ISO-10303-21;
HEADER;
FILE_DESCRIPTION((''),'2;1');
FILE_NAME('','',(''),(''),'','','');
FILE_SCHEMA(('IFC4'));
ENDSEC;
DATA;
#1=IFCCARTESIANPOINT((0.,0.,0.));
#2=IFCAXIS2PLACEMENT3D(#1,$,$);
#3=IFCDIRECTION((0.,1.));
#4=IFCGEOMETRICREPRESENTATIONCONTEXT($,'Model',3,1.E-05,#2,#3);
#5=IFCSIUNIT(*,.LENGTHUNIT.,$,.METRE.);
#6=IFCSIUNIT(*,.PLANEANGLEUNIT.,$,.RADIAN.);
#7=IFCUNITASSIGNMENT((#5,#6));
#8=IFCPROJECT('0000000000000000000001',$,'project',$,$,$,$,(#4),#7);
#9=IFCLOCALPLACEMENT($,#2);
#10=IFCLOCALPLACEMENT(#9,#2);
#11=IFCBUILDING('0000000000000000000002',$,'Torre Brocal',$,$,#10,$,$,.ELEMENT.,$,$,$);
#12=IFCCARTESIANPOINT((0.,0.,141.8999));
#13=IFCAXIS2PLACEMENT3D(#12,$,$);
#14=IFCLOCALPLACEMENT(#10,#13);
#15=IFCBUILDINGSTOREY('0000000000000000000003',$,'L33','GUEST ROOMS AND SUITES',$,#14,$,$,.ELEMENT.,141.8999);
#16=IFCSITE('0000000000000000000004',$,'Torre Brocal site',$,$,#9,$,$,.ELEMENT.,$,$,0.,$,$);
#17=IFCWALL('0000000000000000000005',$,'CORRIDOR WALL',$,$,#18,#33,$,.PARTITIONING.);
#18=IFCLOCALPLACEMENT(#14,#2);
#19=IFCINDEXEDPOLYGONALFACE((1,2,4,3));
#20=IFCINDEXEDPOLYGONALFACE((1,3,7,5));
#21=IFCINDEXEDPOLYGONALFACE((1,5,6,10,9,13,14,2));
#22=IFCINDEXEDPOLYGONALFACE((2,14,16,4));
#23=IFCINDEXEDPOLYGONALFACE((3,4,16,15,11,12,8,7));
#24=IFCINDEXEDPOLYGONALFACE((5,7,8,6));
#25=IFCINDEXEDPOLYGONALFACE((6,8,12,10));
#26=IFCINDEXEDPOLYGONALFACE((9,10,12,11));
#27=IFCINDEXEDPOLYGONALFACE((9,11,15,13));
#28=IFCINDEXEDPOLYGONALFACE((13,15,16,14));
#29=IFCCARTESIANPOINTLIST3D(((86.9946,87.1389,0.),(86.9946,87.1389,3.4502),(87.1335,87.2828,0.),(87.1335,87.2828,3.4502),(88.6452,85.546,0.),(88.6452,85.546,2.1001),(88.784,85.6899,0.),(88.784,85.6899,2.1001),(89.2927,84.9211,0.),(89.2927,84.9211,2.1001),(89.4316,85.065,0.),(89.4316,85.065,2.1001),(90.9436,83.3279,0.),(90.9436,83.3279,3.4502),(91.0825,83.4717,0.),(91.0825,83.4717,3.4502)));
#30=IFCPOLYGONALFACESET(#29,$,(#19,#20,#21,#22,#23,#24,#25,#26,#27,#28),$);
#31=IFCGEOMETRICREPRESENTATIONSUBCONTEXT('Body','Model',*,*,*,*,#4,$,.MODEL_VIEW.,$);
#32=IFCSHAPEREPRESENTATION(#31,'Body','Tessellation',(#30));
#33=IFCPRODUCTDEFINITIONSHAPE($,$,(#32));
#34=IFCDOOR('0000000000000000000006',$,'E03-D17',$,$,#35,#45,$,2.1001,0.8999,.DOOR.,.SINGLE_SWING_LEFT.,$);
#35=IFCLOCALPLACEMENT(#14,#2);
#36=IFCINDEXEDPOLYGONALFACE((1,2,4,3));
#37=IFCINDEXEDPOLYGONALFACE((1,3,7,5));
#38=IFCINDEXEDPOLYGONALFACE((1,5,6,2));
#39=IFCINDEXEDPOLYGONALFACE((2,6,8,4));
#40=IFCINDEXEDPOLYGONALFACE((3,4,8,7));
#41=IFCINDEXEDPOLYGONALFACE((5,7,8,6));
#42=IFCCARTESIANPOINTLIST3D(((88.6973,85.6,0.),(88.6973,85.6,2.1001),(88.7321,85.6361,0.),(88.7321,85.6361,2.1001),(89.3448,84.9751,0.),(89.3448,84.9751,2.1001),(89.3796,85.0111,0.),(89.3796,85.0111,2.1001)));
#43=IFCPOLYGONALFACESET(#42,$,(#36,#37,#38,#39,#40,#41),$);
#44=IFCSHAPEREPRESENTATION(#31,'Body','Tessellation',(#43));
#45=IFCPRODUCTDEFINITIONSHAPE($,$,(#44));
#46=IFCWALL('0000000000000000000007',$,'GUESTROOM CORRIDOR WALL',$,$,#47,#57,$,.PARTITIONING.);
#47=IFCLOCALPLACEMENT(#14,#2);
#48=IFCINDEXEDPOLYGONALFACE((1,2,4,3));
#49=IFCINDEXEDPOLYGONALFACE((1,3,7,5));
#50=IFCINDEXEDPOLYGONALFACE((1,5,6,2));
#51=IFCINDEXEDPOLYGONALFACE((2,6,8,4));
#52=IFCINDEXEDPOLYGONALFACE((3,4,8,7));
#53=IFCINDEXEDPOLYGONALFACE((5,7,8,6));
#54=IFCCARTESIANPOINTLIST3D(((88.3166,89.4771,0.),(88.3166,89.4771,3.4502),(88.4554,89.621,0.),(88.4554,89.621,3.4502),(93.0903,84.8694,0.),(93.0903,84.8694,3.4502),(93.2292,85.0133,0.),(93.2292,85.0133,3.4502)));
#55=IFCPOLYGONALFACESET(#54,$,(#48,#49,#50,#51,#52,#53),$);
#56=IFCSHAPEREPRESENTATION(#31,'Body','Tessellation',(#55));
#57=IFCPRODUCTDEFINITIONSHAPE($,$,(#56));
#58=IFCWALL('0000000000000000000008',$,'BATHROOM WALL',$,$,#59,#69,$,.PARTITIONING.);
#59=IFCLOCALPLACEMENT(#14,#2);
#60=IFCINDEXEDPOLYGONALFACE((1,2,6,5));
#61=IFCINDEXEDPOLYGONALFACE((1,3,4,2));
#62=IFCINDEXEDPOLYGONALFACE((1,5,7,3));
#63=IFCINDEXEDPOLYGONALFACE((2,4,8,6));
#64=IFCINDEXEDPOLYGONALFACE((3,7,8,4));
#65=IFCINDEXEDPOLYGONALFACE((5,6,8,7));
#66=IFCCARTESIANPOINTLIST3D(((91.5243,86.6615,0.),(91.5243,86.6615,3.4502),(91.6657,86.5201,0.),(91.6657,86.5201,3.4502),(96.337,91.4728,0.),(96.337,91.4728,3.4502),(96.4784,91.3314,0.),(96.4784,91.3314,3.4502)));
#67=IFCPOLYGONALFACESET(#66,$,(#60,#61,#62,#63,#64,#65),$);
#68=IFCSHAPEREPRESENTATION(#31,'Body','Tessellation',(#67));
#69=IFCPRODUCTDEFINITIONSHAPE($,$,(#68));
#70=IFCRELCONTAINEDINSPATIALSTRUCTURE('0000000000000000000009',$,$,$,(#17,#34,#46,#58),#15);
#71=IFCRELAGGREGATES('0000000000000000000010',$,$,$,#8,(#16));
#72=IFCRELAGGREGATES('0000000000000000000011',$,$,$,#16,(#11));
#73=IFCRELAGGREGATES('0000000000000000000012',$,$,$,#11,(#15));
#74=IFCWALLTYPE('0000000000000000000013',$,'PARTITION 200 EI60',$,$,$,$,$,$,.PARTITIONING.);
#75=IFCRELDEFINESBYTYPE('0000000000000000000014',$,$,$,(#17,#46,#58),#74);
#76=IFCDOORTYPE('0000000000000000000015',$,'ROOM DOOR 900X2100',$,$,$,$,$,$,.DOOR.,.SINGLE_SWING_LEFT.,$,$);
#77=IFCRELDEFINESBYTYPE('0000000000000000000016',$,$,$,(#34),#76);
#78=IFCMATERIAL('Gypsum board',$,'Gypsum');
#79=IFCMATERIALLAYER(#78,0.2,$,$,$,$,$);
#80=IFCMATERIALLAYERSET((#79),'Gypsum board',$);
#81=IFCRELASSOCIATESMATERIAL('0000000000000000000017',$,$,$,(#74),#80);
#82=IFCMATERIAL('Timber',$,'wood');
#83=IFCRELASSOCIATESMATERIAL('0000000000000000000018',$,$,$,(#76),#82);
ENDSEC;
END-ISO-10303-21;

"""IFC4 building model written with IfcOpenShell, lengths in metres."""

from ifc_helpers import new_model, si_unit, direction, frame, frame_2d, origin, place, context, subcontext, project, spatial, rectangle, extrude, material, layer, layer_set, type_object, element, fill, save


model = new_model("IFC4")

# Units and contexts
model_context = context("Model", 3, precision=1e-05, world=origin(), true_north=direction((0.0, 1.0)))
body_context = subcontext(model_context, "Body", "Model", "MODEL_VIEW")
ifc_project = project(units=[si_unit("LENGTHUNIT", "METRE"), si_unit("PLANEANGLEUNIT", "RADIAN")], contexts=[model_context])

# Site, building, storey
site_placement = place(None, origin())
site = spatial("IfcSite", under=ifc_project, at=site_placement, Name="Torre Brocal site", CompositionType="ELEMENT", RefElevation=0.0)
building_placement = place(site_placement, origin())
building = spatial("IfcBuilding", under=site, at=building_placement, Name="Torre Brocal", CompositionType="ELEMENT")
storey_placement = place(building_placement, frame((0.0, 0.0, 141.8999)))
storey = spatial("IfcBuildingStorey", under=building, at=storey_placement, Name="L33", Description="GUEST ROOMS AND SUITES", CompositionType="ELEMENT", Elevation=141.8999)

# Shared definitions
ifc_material_1 = material(Name="Gypsum board", Category="Gypsum")
ifc_layer_1 = layer(ifc_material_1, 0.2)
ifc_layer_set_1 = layer_set([ifc_layer_1], Name="Gypsum board")
wall_type_1 = type_object("IfcWallType", Name="PARTITION 200 EI60", PredefinedType="PARTITIONING", material=ifc_layer_set_1)

# Wall, opening, door
wall_1_placement = place(storey_placement, frame((87.064, 87.2109, 0.0), z_axis=(0.0, 0.0, 1.0), x_axis=(0.719562, -0.694428, 0.0)))
wall_1 = element("IfcWall", 1, at=wall_1_placement, inside=storey, type_object=wall_type_1, Name="CORRIDOR WALL", PredefinedType="PARTITIONING", context=body_context, shape_type="SweptSolid", body=[
    extrude(rectangle(XDim=5.488, YDim=0.2, at=frame_2d((2.7441, 0.0))), origin(), (0.0, 0.0, 1.0), 3.4502),
])
opening_1_placement = place(wall_1_placement, frame((2.2939, 0.0, 0.0)))
opening_1 = element("IfcOpeningElement", 2, at=opening_1_placement, cuts=wall_1, PredefinedType="OPENING", context=body_context, shape_type="SweptSolid", body=[
    extrude(rectangle(XDim=0.8999, YDim=2.1001, at=frame_2d((0.45, 1.05))), frame((0.0, 0.1099, 0.0), z_axis=(0.0, -1.0, 0.0), x_axis=(1.0, 0.0, 0.0)), (0.0, 0.0, 1.0), 0.22),
])
ifc_material_2 = material(Name="Timber", Category="wood")
door_type_1 = type_object("IfcDoorType", Name="ROOM DOOR 900X2100", OperationType="SINGLE_SWING_LEFT", PredefinedType="DOOR", material=ifc_material_2)
door_1_placement = place(opening_1_placement, frame((0.8999, 0.0, 0.0), z_axis=(0.0, 0.0, 1.0), x_axis=(-1.0, 0.0, 0.0)))
door_1 = element("IfcDoor", 3, at=door_1_placement, inside=storey, type_object=door_type_1, Name="E03-D17", OperationType="SINGLE_SWING_LEFT", OverallHeight=2.1001, OverallWidth=0.8999, PredefinedType="DOOR", context=body_context, shape_type="SweptSolid", body=[
    extrude(rectangle(XDim=0.8999, YDim=2.1001, at=frame_2d((0.45, 1.05))), frame((0.0, 0.0249, 0.0), z_axis=(0.0, -1.0, 0.0), x_axis=(1.0, 0.0, 0.0)), (0.0, 0.0, 1.0), 0.05),
])
fill(opening_1, door_1)

# Walls
wall_2_placement = place(storey_placement, frame((88.386, 89.5491, 0.0), z_axis=(0.0, 0.0, 1.0), x_axis=(0.719507, -0.694485, 0.0)))
element("IfcWall", 4, at=wall_2_placement, inside=storey, type_object=wall_type_1, Name="GUESTROOM CORRIDOR WALL", PredefinedType="PARTITIONING", context=body_context, shape_type="SweptSolid", body=[
    extrude(rectangle(XDim=6.6348, YDim=0.2, at=frame_2d((3.3174, 0.0))), origin(), (0.0, 0.0, 1.0), 3.4502),
])
wall_3_placement = place(storey_placement, frame((91.595, 86.5908, 0.0), z_axis=(0.0, 0.0, 1.0), x_axis=(0.707214, 0.706999, 0.0)))
element("IfcWall", 5, at=wall_3_placement, inside=storey, type_object=wall_type_1, Name="BATHROOM WALL", PredefinedType="PARTITIONING", context=body_context, shape_type="SweptSolid", body=[
    extrude(rectangle(XDim=6.8052, YDim=0.2, at=frame_2d((3.4026, 0.0))), origin(), (0.0, 0.0, 1.0), 3.4502),
])

save(model, "model.ifc")
